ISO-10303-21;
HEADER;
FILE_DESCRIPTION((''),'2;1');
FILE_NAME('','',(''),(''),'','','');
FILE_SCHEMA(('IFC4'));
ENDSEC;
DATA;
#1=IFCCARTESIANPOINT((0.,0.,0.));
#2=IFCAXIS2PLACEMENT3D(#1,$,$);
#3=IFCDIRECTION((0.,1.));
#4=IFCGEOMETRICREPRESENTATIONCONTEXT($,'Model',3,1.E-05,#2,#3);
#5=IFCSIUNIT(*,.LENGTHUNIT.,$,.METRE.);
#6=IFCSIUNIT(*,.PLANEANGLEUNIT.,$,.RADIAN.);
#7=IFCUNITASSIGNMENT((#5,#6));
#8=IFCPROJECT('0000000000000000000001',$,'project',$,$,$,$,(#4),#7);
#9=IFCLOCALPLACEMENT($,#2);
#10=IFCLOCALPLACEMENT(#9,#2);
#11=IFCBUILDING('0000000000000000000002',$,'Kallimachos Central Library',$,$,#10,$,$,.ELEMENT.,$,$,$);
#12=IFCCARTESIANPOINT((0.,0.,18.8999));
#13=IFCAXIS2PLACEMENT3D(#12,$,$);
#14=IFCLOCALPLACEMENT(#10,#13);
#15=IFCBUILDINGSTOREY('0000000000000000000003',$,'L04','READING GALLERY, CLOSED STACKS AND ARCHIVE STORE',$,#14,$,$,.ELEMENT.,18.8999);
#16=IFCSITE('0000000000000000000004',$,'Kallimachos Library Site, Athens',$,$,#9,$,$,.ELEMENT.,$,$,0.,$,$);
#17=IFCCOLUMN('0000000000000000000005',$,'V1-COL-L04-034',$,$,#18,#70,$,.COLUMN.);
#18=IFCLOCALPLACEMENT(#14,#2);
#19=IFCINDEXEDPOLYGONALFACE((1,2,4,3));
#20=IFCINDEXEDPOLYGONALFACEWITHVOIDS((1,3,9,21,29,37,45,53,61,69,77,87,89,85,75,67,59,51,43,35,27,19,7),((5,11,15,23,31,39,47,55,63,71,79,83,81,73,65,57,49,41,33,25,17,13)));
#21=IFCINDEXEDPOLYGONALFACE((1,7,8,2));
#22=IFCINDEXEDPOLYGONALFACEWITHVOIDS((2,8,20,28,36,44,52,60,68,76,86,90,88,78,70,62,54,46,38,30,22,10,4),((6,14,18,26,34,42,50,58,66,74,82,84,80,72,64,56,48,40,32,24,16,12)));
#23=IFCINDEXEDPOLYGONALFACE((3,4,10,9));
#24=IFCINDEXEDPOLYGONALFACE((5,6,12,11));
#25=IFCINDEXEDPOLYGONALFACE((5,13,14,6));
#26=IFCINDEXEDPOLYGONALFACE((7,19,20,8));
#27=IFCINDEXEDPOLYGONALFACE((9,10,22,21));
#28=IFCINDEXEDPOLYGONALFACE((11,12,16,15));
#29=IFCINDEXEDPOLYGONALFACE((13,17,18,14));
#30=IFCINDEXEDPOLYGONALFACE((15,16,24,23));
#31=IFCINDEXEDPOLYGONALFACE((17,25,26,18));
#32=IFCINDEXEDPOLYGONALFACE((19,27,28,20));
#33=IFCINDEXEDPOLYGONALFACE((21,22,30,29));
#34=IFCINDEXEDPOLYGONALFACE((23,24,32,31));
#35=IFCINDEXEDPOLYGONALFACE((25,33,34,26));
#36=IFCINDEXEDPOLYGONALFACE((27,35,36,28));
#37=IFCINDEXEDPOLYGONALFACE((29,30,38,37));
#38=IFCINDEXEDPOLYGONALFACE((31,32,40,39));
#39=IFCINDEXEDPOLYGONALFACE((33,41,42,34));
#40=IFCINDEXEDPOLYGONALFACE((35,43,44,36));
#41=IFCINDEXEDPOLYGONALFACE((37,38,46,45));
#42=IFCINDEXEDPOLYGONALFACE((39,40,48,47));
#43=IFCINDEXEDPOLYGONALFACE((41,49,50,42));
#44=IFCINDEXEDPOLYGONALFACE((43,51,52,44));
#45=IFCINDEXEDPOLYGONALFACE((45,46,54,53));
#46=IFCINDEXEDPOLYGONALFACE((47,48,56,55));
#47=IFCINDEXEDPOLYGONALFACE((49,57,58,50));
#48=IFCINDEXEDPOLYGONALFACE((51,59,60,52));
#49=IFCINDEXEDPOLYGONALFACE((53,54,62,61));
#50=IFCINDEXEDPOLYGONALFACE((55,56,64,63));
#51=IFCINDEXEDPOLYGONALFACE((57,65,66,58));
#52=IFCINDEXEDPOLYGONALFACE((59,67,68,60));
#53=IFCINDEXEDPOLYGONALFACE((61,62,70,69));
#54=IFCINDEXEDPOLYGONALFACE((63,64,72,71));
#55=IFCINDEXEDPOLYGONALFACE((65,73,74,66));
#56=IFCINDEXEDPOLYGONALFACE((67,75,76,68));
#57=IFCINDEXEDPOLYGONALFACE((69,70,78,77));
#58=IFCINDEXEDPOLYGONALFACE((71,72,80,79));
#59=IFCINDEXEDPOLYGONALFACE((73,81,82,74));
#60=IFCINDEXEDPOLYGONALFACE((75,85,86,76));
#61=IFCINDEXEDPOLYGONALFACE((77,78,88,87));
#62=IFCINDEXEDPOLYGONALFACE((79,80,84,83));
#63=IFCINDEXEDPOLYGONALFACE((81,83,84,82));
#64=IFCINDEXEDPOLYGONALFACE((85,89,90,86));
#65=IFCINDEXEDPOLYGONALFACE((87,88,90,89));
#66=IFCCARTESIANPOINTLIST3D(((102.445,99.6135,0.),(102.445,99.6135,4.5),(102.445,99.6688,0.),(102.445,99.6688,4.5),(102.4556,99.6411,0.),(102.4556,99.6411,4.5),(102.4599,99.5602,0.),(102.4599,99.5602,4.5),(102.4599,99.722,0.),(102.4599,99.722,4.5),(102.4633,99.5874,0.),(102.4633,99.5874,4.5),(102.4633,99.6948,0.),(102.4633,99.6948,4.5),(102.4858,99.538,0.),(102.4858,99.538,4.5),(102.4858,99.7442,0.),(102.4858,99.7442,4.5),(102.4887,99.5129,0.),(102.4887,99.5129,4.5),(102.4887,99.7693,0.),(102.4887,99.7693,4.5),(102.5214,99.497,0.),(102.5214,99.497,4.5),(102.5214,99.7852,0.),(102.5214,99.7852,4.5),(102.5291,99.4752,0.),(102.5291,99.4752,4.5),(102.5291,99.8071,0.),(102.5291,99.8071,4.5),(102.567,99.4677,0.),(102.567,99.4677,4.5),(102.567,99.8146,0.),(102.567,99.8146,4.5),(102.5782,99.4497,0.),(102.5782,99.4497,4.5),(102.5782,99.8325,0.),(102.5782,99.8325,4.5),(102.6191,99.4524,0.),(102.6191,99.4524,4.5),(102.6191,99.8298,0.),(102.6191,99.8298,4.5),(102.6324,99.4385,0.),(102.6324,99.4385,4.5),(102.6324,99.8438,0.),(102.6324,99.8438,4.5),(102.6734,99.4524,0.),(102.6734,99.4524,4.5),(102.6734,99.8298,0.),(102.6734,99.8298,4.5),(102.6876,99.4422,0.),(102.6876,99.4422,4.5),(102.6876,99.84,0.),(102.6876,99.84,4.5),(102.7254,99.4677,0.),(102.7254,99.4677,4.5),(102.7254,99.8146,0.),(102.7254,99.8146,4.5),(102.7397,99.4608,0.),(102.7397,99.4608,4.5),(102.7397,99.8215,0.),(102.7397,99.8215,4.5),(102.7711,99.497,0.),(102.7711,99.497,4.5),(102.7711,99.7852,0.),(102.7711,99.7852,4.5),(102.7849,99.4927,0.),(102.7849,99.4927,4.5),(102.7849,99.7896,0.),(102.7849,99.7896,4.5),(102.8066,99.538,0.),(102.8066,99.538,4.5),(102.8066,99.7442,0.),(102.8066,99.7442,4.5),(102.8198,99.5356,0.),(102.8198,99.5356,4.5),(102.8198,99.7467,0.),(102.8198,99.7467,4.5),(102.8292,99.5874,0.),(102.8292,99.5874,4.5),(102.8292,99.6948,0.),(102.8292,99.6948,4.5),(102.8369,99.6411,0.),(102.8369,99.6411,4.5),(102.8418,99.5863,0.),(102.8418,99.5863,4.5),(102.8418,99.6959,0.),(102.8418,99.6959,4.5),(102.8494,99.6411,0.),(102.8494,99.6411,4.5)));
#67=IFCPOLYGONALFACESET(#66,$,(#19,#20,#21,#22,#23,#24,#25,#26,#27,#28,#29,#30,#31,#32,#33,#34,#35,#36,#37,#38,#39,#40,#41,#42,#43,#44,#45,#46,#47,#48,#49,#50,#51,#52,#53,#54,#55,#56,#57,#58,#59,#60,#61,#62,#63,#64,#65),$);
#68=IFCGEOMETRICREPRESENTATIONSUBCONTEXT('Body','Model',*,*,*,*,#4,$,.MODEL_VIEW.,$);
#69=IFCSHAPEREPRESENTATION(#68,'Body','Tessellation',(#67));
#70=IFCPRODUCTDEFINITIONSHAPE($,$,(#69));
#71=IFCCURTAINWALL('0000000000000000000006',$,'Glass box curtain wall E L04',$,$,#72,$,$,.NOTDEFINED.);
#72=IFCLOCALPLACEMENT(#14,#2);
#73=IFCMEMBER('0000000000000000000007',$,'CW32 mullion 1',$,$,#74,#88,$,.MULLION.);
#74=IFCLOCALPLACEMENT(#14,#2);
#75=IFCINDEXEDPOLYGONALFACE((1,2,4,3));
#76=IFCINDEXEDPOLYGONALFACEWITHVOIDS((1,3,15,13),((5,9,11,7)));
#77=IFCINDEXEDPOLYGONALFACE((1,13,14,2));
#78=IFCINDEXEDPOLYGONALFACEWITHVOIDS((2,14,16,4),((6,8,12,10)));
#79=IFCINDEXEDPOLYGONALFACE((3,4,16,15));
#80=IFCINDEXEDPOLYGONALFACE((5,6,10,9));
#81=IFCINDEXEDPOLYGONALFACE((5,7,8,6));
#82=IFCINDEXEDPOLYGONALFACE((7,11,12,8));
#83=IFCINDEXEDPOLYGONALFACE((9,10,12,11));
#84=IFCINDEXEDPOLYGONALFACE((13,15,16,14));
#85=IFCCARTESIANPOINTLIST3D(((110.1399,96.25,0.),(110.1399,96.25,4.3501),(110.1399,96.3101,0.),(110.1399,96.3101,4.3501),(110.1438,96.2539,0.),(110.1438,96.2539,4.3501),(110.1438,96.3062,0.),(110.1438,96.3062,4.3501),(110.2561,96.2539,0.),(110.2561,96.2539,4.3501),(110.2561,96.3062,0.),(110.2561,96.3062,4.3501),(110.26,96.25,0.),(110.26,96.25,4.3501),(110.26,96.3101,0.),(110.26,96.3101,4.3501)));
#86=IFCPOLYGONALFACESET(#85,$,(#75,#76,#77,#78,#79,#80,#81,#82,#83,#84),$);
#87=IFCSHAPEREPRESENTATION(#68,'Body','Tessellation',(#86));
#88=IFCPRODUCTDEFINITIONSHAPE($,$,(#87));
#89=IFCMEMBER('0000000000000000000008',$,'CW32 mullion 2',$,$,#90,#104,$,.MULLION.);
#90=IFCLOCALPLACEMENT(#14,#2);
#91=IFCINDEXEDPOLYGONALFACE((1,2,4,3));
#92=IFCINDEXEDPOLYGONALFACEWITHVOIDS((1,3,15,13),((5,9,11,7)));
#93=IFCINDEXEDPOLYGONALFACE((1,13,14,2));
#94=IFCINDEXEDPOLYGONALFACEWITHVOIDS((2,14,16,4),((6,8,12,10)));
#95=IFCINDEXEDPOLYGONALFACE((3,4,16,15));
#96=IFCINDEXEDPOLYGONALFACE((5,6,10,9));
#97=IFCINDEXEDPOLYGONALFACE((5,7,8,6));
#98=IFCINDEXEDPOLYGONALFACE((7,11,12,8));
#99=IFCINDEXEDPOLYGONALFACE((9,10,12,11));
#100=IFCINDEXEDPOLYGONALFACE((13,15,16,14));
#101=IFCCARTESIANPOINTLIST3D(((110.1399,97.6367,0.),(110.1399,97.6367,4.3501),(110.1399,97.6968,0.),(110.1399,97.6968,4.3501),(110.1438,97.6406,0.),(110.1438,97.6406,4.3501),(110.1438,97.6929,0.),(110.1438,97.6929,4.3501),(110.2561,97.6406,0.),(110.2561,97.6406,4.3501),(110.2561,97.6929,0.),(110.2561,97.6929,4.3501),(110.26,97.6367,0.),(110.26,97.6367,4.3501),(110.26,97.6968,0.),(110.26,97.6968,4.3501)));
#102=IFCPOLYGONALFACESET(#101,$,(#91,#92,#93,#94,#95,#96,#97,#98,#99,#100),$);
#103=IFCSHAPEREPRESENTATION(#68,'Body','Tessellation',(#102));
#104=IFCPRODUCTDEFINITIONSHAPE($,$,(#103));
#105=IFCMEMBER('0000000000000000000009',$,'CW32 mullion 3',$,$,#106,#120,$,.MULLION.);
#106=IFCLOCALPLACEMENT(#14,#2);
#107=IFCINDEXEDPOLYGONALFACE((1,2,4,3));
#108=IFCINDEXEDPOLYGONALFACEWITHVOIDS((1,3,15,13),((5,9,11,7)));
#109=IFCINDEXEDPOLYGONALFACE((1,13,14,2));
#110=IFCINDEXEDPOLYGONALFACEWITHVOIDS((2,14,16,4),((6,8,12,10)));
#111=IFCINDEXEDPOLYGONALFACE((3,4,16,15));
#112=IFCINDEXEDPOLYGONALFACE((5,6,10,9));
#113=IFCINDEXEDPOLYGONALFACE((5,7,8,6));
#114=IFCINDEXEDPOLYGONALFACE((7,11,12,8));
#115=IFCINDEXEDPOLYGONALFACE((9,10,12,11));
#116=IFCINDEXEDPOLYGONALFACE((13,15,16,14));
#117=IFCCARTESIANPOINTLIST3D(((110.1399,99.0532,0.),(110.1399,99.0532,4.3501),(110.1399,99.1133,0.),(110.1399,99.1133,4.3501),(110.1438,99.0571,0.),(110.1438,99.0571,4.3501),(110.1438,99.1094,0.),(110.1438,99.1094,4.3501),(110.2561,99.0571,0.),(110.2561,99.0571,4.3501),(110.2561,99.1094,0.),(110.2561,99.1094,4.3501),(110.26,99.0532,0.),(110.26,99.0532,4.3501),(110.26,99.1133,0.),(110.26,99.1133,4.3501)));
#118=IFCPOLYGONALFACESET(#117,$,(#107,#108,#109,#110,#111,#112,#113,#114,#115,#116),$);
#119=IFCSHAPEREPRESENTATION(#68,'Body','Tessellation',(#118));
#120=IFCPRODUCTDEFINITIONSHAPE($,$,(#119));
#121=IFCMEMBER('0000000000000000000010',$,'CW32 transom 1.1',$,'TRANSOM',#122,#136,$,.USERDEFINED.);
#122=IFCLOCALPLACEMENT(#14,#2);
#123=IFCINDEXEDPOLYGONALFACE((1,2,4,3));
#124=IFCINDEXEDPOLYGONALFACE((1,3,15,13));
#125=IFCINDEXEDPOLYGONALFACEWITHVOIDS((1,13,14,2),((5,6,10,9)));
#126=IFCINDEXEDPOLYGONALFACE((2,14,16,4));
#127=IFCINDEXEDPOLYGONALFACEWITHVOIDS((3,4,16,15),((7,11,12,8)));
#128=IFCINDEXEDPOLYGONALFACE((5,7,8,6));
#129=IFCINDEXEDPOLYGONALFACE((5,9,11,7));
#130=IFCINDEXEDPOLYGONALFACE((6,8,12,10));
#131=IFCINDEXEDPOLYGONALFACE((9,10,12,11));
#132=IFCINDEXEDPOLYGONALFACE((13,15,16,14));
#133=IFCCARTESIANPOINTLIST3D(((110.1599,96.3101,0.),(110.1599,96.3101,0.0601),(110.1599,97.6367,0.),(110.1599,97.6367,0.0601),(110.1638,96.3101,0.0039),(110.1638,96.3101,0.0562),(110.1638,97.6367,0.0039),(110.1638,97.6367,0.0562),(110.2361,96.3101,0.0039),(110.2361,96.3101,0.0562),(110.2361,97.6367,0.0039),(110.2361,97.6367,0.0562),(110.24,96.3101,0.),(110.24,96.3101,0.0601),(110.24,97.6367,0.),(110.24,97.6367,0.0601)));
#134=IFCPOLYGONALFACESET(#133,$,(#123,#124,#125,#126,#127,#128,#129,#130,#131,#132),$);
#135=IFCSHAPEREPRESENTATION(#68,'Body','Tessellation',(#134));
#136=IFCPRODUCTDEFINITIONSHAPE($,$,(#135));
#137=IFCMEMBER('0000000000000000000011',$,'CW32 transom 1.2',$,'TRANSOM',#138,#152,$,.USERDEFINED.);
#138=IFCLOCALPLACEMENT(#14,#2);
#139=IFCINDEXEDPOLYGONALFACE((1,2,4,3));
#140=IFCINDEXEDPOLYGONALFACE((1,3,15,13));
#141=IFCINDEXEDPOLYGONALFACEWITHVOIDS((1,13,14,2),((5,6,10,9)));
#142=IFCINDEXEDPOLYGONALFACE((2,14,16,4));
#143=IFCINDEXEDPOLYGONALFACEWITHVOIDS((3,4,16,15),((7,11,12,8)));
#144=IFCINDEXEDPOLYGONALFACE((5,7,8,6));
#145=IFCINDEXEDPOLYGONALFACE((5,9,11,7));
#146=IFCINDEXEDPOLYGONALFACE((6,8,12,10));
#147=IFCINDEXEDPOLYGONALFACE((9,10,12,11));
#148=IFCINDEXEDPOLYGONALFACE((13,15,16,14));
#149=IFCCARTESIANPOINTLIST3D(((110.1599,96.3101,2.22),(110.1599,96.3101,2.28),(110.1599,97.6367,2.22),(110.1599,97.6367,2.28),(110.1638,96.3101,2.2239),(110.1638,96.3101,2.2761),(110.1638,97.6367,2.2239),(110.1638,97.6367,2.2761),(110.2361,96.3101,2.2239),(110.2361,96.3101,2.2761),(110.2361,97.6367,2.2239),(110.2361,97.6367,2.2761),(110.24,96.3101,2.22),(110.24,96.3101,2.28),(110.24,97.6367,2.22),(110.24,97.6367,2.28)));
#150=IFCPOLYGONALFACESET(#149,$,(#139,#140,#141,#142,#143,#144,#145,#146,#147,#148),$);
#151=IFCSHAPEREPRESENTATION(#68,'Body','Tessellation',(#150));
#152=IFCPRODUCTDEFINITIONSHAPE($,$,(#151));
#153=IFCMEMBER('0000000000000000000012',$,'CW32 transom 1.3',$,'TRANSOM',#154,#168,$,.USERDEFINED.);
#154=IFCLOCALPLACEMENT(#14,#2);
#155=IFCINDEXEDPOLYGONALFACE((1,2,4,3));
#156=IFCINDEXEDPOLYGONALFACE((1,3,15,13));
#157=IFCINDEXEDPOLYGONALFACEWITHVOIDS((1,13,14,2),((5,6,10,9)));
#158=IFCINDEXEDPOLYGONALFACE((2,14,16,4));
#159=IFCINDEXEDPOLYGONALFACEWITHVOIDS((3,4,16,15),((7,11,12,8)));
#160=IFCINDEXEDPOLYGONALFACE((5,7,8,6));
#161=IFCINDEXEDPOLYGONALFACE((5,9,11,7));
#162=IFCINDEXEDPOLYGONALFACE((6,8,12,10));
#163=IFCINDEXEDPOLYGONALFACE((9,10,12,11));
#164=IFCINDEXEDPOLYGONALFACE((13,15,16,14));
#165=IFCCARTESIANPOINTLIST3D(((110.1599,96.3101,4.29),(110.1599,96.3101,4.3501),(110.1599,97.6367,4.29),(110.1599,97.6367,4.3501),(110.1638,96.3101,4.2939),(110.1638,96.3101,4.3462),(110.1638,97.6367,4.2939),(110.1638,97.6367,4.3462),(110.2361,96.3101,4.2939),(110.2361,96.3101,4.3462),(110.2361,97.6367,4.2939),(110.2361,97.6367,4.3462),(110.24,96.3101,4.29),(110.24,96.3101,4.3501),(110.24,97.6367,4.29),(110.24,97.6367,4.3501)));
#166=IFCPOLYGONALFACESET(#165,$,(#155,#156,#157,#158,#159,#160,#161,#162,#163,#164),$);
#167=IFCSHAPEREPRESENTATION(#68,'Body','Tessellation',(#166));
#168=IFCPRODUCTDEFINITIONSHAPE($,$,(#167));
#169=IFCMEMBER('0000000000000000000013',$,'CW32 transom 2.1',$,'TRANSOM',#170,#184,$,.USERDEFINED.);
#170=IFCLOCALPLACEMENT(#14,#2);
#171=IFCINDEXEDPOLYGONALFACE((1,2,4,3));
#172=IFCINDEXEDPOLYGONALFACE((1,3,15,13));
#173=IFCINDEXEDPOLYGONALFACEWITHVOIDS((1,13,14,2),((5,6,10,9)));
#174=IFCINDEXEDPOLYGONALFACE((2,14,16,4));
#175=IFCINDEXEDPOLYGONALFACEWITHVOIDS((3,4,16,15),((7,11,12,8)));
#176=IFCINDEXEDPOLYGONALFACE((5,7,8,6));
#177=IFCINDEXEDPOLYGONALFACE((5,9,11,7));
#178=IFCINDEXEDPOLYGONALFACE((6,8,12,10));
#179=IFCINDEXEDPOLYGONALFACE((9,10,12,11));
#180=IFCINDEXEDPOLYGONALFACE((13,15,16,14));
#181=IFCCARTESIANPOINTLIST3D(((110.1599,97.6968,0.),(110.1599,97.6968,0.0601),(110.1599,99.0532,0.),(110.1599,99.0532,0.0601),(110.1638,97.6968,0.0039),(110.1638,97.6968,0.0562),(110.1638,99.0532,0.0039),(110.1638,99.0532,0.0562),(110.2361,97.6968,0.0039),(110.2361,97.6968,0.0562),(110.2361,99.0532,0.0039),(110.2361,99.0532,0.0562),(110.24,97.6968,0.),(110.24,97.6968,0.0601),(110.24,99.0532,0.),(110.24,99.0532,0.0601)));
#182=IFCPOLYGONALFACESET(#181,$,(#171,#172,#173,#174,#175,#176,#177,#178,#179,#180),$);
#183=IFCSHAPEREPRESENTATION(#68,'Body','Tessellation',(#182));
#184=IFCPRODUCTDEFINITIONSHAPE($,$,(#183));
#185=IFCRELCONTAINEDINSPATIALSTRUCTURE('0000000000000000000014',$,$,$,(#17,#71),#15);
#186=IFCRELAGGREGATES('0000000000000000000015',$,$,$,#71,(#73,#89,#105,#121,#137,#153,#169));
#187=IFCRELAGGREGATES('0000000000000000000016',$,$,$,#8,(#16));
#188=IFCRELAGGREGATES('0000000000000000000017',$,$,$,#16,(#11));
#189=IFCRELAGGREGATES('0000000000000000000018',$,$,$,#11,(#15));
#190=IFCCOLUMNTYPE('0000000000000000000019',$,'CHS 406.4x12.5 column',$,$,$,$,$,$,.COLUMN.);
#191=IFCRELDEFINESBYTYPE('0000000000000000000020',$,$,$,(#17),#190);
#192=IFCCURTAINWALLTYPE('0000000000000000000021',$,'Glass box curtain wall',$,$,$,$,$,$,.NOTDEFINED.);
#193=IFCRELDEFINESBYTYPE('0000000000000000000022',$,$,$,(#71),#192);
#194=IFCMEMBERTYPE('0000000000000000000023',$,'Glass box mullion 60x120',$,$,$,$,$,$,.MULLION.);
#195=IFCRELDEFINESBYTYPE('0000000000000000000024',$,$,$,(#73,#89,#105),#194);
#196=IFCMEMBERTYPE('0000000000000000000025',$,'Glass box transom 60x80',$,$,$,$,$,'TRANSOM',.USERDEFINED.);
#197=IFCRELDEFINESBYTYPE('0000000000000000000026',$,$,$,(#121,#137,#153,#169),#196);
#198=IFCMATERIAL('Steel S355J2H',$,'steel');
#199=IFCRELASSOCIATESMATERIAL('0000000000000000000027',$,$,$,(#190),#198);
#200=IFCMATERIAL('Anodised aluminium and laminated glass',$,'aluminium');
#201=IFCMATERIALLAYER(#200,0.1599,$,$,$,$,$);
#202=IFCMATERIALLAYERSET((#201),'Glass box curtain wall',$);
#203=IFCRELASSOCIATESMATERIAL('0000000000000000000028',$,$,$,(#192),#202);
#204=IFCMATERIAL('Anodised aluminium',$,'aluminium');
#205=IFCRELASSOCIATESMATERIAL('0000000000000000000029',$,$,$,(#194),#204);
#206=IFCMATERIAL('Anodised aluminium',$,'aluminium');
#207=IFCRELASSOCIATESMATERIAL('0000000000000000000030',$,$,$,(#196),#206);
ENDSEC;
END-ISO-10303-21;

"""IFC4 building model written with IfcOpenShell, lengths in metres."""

from ifc_helpers import new_model, si_unit, direction, frame, origin, origin_2d, place, context, subcontext, project, spatial, hollow_rectangle, hollow_circle, extrude, material, layer, layer_set, material_profile, profile_set, type_object, element, aggregate, save


model = new_model("IFC4")

# Units and contexts
model_context = context("Model", 3, precision=1e-05, world=origin(), true_north=direction((0.0, 1.0)))
body_context = subcontext(model_context, "Body", "Model", "MODEL_VIEW")
ifc_project = project(units=[si_unit("LENGTHUNIT", "METRE"), si_unit("PLANEANGLEUNIT", "RADIAN")], contexts=[model_context])

# Site, building, storey
site_placement = place(None, origin())
site = spatial("IfcSite", under=ifc_project, at=site_placement, Name="Kallimachos Library Site, Athens", CompositionType="ELEMENT", RefElevation=0.0)
building_placement = place(site_placement, origin())
building = spatial("IfcBuilding", under=site, at=building_placement, Name="Kallimachos Central Library", CompositionType="ELEMENT")
storey_placement = place(building_placement, frame((0.0, 0.0, 18.8999)))
storey = spatial("IfcBuildingStorey", under=building, at=storey_placement, Name="L04", Description="READING GALLERY, CLOSED STACKS AND ARCHIVE STORE", CompositionType="ELEMENT", Elevation=18.8999)

# Column
ifc_material_1 = material(Name="Steel S355J2H", Category="steel")
ifc_material_profile_1 = material_profile(ifc_material_1, hollow_circle(Radius=0.2031, WallThickness=0.0125, at=origin_2d()), Name="CHS 406.4x12.5")
ifc_profile_set_1 = profile_set([ifc_material_profile_1], Name="Steel S355J2H")
column_type = type_object("IfcColumnType", Name="CHS 406.4x12.5 column", PredefinedType="COLUMN", material=ifc_profile_set_1)
column_placement = place(storey_placement, frame((102.6462, 99.6411, 0.0), z_axis=(0.0, 0.0, 1.0), x_axis=(1.0, 0.0, 0.0)))
element("IfcColumn", 1, at=column_placement, inside=storey, type_object=column_type, Name="V1-COL-L04-034", PredefinedType="COLUMN", context=body_context, shape_type="SweptSolid", body=[
    extrude(hollow_circle(Radius=0.2031, WallThickness=0.0125, at=origin_2d()), origin(), (0.0, 0.0, 1.0), 4.5),
])

# Curtain wall, members
ifc_material_2 = material(Name="Anodised aluminium and laminated glass", Category="aluminium")
ifc_layer_1 = layer(ifc_material_2, 0.1599)
ifc_layer_set_1 = layer_set([ifc_layer_1], Name="Glass box curtain wall")
curtain_wall_type = type_object("IfcCurtainWallType", Name="Glass box curtain wall", PredefinedType="NOTDEFINED", material=ifc_layer_set_1)
curtain_wall_placement = place(storey_placement, origin())
curtain_wall = element("IfcCurtainWall", 2, at=curtain_wall_placement, inside=storey, type_object=curtain_wall_type, Name="Glass box curtain wall E L04", PredefinedType="NOTDEFINED")
ifc_material_3 = material(Name="Anodised aluminium", Category="aluminium")
ifc_material_profile_2 = material_profile(ifc_material_3, hollow_rectangle(XDim=0.0601, YDim=0.1201, WallThickness=0.0039, at=origin_2d()), Name="ALU MULLION 60x120")
ifc_profile_set_2 = profile_set([ifc_material_profile_2], Name="Anodised aluminium")
member_type_1 = type_object("IfcMemberType", Name="Glass box mullion 60x120", PredefinedType="MULLION", material=ifc_profile_set_2)
member_1_placement = place(storey_placement, frame((110.2, 96.28, 0.0), z_axis=(0.0, 0.0, 1.0), x_axis=(0.0, 1.0, 0.0)))
member_1 = element("IfcMember", 3, at=member_1_placement, type_object=member_type_1, Name="CW32 mullion 1", PredefinedType="MULLION", context=body_context, shape_type="SweptSolid", body=[
    extrude(hollow_rectangle(XDim=0.0601, YDim=0.1201, WallThickness=0.0039, at=origin_2d()), origin(), (0.0, 0.0, 1.0), 4.3501),
])
member_2_placement = place(storey_placement, frame((110.2, 97.6667, 0.0), z_axis=(0.0, 0.0, 1.0), x_axis=(0.0, 1.0, 0.0)))
member_2 = element("IfcMember", 4, at=member_2_placement, type_object=member_type_1, Name="CW32 mullion 2", PredefinedType="MULLION", context=body_context, shape_type="SweptSolid", body=[
    extrude(hollow_rectangle(XDim=0.0601, YDim=0.1201, WallThickness=0.0039, at=origin_2d()), origin(), (0.0, 0.0, 1.0), 4.3501),
])
member_3_placement = place(storey_placement, frame((110.2, 99.0833, 0.0), z_axis=(0.0, 0.0, 1.0), x_axis=(0.0, 1.0, 0.0)))
member_3 = element("IfcMember", 5, at=member_3_placement, type_object=member_type_1, Name="CW32 mullion 3", PredefinedType="MULLION", context=body_context, shape_type="SweptSolid", body=[
    extrude(hollow_rectangle(XDim=0.0601, YDim=0.1201, WallThickness=0.0039, at=origin_2d()), origin(), (0.0, 0.0, 1.0), 4.3501),
])
ifc_material_4 = material(Name="Anodised aluminium", Category="aluminium")
ifc_material_profile_3 = material_profile(ifc_material_4, hollow_rectangle(XDim=0.0601, YDim=0.0801, WallThickness=0.0039, at=origin_2d()), Name="ALU TRANSOM 60x80")
ifc_profile_set_3 = profile_set([ifc_material_profile_3], Name="Anodised aluminium")
member_type_2 = type_object("IfcMemberType", Name="Glass box transom 60x80", ElementType="TRANSOM", PredefinedType="USERDEFINED", material=ifc_profile_set_3)
member_4_placement = place(storey_placement, frame((110.2, 96.3101, 0.03), z_axis=(0.0, 1.0, 0.0), x_axis=(0.0, 0.0, 1.0)))
member_4 = element("IfcMember", 6, at=member_4_placement, type_object=member_type_2, Name="CW32 transom 1.1", ObjectType="TRANSOM", PredefinedType="USERDEFINED", context=body_context, shape_type="SweptSolid", body=[
    extrude(hollow_rectangle(XDim=0.0601, YDim=0.0801, WallThickness=0.0039, at=origin_2d()), origin(), (0.0, 0.0, 1.0), 1.3267),
])
member_5_placement = place(storey_placement, frame((110.2, 96.3101, 2.25), z_axis=(0.0, 1.0, 0.0), x_axis=(0.0, 0.0, 1.0)))
member_5 = element("IfcMember", 7, at=member_5_placement, type_object=member_type_2, Name="CW32 transom 1.2", ObjectType="TRANSOM", PredefinedType="USERDEFINED", context=body_context, shape_type="SweptSolid", body=[
    extrude(hollow_rectangle(XDim=0.0601, YDim=0.0801, WallThickness=0.0039, at=origin_2d()), origin(), (0.0, 0.0, 1.0), 1.3267),
])
member_6_placement = place(storey_placement, frame((110.2, 96.3101, 4.3201), z_axis=(0.0, 1.0, 0.0), x_axis=(0.0, 0.0, 1.0)))
member_6 = element("IfcMember", 8, at=member_6_placement, type_object=member_type_2, Name="CW32 transom 1.3", ObjectType="TRANSOM", PredefinedType="USERDEFINED", context=body_context, shape_type="SweptSolid", body=[
    extrude(hollow_rectangle(XDim=0.0601, YDim=0.0801, WallThickness=0.0039, at=origin_2d()), origin(), (0.0, 0.0, 1.0), 1.3267),
])
member_7_placement = place(storey_placement, frame((110.2, 97.6968, 0.03), z_axis=(0.0, 1.0, 0.0), x_axis=(0.0, 0.0, 1.0)))
member_7 = element("IfcMember", 9, at=member_7_placement, type_object=member_type_2, Name="CW32 transom 2.1", ObjectType="TRANSOM", PredefinedType="USERDEFINED", context=body_context, shape_type="SweptSolid", body=[
    extrude(hollow_rectangle(XDim=0.0601, YDim=0.0801, WallThickness=0.0039, at=origin_2d()), origin(), (0.0, 0.0, 1.0), 1.3564),
])

aggregate(curtain_wall, [member_1, member_2, member_3, member_4, member_5, member_6, member_7])

save(model, "model.ifc")
